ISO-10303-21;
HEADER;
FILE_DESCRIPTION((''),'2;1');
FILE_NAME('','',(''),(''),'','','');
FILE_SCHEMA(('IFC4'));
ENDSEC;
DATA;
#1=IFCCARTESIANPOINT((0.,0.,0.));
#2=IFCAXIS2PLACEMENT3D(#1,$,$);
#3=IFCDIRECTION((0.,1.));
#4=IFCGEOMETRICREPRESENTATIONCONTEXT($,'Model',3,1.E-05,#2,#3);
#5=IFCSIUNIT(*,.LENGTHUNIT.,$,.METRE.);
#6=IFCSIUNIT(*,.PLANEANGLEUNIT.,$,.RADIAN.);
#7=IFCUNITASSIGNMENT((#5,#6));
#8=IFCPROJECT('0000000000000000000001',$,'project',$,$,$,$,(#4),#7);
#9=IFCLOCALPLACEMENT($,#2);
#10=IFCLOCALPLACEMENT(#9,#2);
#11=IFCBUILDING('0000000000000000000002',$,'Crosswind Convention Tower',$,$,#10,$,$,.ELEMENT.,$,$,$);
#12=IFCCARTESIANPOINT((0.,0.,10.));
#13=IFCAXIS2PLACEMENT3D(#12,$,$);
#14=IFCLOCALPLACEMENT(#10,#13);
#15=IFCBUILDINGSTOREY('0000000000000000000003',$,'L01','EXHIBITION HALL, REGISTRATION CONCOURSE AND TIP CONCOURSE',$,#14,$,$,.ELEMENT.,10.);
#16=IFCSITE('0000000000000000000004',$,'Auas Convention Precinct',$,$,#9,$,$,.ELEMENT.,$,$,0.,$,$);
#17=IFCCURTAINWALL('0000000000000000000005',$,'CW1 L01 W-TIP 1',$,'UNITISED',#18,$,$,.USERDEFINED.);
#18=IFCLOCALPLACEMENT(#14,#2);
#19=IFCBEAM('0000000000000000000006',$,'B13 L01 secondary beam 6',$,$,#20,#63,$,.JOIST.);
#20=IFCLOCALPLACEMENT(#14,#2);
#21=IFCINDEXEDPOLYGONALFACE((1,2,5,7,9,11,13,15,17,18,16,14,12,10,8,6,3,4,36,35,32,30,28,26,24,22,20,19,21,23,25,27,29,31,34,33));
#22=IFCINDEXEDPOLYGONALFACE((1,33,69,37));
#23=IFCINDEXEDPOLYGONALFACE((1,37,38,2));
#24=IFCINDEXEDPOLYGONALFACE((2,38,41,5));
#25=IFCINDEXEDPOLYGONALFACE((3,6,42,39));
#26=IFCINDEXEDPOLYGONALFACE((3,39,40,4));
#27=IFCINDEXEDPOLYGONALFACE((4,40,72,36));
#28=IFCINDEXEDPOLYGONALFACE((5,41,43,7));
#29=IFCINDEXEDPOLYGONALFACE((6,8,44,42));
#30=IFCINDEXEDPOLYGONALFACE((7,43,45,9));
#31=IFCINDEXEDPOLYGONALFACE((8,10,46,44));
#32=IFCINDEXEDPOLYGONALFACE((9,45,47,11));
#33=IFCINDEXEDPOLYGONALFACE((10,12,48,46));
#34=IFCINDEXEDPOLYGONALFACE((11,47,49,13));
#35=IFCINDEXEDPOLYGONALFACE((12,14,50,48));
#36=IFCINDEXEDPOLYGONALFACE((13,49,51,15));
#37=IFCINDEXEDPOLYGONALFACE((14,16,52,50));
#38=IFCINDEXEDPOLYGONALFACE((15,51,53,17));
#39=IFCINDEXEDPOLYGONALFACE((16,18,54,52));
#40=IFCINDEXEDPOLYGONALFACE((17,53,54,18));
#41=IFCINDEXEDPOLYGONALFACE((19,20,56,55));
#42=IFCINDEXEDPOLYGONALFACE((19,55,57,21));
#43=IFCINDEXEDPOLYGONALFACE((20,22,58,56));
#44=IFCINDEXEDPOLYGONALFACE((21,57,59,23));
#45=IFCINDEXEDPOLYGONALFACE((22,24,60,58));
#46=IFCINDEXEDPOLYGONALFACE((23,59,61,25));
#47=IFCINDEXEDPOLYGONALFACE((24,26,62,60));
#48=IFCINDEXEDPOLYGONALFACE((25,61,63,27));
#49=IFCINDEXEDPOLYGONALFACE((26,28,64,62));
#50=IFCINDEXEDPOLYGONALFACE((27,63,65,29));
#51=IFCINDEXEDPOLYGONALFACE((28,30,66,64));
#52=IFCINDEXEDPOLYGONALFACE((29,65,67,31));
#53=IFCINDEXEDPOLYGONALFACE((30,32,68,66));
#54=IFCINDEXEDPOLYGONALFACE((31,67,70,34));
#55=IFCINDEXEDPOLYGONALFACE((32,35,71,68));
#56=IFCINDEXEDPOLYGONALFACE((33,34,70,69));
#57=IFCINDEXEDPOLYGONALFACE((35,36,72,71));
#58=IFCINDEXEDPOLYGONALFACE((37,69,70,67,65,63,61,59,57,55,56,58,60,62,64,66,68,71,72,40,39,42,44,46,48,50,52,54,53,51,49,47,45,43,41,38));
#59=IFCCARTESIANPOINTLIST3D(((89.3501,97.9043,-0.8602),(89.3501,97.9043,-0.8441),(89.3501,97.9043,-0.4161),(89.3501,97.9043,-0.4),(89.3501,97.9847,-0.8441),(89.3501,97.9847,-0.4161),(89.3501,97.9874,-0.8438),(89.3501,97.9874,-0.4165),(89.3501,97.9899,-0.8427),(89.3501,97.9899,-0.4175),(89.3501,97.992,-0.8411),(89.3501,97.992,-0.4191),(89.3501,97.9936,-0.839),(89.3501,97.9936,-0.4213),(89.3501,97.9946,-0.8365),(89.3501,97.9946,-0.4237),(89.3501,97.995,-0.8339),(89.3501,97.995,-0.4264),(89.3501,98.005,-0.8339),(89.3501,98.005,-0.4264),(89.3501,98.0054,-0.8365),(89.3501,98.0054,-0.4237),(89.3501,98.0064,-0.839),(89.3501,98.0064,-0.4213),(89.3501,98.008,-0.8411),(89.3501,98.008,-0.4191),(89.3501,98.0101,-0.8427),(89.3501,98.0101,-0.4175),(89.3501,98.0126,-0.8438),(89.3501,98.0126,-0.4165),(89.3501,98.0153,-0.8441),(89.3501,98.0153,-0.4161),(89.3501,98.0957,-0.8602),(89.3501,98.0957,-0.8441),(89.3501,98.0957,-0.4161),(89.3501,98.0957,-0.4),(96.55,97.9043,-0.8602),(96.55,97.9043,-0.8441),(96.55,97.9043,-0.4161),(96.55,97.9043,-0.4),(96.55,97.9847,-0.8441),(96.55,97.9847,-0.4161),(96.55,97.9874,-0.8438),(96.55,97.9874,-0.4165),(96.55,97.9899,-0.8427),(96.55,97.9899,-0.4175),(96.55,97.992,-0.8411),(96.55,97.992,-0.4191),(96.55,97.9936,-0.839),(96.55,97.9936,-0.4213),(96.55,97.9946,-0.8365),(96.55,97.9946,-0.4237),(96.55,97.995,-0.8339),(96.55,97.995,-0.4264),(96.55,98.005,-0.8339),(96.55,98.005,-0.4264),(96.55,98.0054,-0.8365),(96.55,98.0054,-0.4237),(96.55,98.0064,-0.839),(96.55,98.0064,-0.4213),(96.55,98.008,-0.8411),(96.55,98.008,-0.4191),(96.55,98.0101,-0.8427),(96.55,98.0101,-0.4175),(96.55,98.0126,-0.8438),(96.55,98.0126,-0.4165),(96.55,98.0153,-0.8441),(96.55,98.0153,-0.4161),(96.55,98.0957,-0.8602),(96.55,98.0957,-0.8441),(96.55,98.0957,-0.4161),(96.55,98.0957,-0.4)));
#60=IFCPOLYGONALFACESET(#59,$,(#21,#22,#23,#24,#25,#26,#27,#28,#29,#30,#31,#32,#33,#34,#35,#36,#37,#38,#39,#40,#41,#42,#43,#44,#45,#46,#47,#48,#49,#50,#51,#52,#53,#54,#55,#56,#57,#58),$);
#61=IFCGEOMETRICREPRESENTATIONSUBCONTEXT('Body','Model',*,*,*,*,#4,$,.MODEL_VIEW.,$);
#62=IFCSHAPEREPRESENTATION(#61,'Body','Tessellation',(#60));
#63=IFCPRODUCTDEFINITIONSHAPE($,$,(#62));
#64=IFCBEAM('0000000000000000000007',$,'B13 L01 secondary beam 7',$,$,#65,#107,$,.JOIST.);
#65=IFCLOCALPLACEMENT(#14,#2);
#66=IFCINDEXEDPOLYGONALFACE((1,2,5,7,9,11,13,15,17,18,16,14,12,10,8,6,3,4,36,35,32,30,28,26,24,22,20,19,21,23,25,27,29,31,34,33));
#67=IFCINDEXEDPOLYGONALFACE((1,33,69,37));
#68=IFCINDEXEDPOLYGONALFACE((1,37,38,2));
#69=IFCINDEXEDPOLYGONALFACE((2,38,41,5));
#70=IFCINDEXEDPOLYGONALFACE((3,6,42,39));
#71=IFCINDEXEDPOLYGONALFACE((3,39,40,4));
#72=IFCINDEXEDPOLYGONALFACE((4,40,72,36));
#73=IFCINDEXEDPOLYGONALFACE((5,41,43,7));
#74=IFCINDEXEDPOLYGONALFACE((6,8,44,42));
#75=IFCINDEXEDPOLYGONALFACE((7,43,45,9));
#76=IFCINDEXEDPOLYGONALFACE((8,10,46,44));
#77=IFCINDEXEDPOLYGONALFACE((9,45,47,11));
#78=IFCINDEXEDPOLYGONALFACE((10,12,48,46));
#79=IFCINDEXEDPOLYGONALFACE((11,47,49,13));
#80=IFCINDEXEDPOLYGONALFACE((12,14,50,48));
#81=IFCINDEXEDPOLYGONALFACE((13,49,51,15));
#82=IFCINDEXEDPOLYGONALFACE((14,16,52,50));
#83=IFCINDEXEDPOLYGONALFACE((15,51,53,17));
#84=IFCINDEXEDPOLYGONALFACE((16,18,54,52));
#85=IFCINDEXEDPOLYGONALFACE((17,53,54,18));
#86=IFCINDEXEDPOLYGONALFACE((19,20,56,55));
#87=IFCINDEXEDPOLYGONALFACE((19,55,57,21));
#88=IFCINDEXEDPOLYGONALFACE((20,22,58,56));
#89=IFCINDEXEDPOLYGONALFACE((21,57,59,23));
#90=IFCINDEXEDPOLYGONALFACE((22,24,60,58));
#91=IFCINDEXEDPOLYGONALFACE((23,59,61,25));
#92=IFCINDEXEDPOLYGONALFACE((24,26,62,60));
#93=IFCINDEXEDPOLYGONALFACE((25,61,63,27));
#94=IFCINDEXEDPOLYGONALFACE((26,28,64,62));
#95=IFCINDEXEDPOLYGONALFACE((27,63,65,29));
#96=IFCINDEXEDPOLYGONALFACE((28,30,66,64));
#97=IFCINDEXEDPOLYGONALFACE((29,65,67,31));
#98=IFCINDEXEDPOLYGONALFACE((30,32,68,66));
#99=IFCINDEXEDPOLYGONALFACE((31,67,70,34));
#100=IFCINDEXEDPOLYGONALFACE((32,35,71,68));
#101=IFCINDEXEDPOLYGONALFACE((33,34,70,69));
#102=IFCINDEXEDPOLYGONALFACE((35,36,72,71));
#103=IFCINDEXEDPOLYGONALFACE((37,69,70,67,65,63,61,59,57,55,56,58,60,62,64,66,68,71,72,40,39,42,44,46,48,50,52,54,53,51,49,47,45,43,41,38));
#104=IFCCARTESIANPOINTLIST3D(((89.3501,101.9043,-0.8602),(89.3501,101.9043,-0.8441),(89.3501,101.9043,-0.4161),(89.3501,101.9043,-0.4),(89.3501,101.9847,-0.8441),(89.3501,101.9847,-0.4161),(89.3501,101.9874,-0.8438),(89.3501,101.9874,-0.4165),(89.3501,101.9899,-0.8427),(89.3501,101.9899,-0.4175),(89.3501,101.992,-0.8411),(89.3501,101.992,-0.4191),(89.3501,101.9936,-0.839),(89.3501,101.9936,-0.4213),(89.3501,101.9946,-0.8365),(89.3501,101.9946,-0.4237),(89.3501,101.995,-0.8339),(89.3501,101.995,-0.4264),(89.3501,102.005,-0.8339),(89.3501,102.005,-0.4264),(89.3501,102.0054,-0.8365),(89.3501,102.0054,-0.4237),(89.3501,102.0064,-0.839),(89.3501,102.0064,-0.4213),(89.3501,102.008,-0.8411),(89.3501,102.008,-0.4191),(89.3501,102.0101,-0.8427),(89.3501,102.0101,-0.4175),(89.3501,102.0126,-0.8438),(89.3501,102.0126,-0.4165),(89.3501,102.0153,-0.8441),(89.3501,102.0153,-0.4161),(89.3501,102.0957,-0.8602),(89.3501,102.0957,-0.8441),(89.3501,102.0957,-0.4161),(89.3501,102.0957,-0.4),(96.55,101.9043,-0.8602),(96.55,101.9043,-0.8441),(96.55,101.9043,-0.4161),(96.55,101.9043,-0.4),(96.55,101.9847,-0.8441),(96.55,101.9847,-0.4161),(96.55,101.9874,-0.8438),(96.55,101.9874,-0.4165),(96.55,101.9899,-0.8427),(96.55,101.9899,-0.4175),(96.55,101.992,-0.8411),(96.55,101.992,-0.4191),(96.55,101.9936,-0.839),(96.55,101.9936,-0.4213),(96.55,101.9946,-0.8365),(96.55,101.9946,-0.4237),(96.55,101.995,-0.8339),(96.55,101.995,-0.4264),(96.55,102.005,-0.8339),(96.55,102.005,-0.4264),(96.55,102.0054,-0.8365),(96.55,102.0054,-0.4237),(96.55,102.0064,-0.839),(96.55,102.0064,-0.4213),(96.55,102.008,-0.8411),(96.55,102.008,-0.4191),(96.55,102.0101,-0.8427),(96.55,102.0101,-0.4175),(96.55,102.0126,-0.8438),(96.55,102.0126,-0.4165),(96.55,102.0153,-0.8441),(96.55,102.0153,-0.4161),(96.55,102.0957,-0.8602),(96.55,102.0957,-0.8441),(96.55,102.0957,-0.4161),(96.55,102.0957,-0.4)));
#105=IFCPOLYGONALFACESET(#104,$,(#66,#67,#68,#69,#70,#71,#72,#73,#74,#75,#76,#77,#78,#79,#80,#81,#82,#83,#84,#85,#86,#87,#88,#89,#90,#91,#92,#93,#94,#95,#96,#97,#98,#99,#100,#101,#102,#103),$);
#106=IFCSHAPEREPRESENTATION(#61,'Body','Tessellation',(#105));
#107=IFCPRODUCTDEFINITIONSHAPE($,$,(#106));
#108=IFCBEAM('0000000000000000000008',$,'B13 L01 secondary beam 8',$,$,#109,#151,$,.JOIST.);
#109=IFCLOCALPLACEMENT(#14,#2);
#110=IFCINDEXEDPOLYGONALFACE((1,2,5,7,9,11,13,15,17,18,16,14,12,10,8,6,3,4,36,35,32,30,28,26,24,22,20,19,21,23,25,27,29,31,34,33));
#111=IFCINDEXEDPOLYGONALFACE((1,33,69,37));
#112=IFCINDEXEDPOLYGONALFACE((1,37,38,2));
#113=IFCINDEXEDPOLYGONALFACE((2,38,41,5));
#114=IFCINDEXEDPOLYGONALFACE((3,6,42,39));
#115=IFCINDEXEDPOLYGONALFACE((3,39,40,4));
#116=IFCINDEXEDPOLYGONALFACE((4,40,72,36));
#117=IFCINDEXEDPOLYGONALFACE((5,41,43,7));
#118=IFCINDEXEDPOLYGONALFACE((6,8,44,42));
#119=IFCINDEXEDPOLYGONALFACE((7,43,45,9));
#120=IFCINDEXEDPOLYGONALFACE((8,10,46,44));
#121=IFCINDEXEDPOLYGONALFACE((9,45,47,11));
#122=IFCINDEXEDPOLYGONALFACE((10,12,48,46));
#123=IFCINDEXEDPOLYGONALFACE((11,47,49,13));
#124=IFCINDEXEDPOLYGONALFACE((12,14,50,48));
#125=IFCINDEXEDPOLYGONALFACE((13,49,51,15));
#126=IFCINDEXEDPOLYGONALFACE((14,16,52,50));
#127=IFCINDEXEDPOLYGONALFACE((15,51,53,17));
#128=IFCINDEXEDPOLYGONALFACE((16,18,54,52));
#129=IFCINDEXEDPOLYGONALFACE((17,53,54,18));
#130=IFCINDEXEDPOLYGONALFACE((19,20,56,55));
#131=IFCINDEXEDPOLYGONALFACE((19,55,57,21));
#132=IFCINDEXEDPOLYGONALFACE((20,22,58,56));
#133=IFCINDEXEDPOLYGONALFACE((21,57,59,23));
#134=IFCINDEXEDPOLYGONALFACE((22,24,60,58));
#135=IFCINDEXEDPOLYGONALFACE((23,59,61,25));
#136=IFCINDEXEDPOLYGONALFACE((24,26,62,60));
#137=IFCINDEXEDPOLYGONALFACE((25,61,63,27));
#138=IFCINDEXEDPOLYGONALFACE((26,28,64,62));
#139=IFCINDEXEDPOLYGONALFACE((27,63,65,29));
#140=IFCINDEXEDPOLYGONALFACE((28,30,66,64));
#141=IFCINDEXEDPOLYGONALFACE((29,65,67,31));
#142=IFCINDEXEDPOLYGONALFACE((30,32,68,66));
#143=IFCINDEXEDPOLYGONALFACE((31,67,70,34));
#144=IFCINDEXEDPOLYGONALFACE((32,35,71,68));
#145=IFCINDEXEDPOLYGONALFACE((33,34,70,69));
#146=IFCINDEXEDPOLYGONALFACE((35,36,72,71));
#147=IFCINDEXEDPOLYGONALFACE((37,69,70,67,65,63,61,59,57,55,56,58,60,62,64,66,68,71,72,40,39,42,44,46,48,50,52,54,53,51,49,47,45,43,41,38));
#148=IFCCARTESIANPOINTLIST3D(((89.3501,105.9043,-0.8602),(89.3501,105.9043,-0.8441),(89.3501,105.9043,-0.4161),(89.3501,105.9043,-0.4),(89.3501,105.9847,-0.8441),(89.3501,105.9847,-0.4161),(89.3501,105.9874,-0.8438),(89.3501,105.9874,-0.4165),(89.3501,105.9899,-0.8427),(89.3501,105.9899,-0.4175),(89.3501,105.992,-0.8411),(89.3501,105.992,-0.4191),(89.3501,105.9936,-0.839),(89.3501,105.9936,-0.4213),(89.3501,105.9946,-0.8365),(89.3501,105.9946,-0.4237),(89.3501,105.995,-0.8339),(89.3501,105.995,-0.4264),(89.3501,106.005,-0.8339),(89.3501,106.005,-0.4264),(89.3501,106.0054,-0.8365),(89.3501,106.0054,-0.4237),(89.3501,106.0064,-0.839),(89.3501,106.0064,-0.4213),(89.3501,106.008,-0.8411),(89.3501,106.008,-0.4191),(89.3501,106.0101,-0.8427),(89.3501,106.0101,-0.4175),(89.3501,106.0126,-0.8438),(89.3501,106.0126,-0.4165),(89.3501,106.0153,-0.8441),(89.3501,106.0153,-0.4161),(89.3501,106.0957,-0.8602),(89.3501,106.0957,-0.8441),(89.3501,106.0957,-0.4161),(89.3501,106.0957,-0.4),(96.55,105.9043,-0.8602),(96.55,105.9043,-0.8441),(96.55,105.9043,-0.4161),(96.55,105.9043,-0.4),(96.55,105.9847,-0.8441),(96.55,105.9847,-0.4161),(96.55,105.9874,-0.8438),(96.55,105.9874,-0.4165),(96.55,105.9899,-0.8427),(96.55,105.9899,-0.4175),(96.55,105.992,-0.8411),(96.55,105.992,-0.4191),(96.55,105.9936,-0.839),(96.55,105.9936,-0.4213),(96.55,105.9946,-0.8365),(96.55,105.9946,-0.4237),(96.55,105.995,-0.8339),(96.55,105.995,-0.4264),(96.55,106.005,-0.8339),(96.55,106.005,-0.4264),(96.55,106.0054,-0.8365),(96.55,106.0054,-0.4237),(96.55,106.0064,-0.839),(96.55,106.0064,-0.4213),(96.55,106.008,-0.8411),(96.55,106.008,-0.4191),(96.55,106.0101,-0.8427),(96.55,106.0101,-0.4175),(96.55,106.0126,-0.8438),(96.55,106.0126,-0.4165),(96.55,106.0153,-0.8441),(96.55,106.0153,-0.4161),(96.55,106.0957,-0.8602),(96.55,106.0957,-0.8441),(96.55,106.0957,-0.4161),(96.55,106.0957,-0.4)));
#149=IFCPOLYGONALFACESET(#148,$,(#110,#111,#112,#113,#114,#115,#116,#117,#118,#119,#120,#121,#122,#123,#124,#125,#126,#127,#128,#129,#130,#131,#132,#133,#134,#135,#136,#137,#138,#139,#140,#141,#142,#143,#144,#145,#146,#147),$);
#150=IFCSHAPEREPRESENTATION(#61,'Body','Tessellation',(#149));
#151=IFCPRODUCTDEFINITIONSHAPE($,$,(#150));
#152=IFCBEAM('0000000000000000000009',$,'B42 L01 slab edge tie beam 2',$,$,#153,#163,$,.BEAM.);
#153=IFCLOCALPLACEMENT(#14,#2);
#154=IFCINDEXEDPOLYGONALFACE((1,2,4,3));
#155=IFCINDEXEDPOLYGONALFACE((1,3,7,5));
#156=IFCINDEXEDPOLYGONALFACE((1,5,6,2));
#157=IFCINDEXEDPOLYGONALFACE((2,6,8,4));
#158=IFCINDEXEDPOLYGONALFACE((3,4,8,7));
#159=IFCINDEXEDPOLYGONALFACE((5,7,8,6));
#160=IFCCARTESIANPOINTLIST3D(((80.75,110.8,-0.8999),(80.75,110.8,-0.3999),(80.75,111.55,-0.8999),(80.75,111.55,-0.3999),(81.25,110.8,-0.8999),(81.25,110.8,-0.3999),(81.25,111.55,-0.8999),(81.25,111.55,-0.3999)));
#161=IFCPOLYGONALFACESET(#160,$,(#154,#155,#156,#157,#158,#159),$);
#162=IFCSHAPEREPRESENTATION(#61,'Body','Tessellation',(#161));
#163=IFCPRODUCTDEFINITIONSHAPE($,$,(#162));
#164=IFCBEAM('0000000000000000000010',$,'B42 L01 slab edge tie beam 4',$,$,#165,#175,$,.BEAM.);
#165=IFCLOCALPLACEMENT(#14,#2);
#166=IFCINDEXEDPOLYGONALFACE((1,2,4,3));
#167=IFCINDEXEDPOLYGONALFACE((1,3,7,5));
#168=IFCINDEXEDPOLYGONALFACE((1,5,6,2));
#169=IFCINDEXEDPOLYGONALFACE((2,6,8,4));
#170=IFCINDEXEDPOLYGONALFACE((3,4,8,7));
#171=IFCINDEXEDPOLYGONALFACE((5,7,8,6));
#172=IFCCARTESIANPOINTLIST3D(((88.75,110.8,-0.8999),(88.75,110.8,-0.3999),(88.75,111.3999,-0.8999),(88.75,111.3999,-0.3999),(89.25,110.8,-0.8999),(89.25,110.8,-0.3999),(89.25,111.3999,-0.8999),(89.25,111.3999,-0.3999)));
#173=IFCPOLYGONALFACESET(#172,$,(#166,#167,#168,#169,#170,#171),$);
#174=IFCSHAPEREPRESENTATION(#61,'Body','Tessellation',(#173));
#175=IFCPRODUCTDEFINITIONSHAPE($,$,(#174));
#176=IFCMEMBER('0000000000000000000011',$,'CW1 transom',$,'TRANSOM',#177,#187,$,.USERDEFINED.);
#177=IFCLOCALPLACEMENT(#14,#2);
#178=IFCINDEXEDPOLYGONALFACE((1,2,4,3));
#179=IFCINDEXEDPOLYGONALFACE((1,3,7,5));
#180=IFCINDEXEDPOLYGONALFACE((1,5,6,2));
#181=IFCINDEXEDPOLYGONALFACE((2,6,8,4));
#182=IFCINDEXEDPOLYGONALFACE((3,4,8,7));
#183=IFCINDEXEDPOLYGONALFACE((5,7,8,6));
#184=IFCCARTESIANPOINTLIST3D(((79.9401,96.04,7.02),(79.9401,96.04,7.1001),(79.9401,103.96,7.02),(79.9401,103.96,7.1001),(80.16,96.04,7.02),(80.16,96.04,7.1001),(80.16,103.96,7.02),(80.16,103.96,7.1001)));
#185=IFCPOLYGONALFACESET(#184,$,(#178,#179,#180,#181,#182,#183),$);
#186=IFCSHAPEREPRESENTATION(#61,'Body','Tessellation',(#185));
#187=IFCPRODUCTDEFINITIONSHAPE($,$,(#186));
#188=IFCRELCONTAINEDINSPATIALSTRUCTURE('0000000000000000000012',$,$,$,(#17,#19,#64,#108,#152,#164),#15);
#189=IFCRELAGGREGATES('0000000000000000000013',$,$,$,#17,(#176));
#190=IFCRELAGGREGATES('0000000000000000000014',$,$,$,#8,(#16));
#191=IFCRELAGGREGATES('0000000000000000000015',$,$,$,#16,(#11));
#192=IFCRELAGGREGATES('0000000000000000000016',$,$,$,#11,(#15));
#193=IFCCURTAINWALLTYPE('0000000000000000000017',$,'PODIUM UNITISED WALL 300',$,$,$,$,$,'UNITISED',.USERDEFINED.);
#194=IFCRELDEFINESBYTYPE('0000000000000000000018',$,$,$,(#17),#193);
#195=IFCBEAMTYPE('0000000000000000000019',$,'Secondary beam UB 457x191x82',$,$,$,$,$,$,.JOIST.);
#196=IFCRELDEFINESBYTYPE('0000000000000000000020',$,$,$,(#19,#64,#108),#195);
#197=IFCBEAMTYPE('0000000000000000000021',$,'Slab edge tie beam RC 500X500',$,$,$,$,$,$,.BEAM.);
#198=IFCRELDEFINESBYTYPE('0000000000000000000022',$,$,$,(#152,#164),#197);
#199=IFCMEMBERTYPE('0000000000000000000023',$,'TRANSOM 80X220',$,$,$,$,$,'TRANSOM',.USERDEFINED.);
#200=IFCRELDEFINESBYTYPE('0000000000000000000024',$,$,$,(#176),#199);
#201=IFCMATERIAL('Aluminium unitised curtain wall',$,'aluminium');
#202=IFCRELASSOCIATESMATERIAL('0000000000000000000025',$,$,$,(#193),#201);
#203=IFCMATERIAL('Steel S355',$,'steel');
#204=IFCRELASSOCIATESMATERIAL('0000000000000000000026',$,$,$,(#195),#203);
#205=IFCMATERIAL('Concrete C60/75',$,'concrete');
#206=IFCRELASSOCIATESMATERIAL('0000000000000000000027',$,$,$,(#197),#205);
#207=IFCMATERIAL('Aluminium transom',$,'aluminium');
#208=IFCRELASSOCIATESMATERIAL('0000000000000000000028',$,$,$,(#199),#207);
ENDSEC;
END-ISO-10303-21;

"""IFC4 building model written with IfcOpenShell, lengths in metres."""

from ifc_helpers import new_model, si_unit, direction, frame, origin, origin_2d, place, context, subcontext, project, spatial, rectangle, i_section, extrude, material, material_profile, profile_set, type_object, element, aggregate, save


model = new_model("IFC4")

# Units and contexts
model_context = context("Model", 3, precision=1e-05, world=origin(), true_north=direction((0.0, 1.0)))
body_context = subcontext(model_context, "Body", "Model", "MODEL_VIEW")
ifc_project = project(units=[si_unit("LENGTHUNIT", "METRE"), si_unit("PLANEANGLEUNIT", "RADIAN")], contexts=[model_context])

# Site, building, storey
site_placement = place(None, origin())
site = spatial("IfcSite", under=ifc_project, at=site_placement, Name="Auas Convention Precinct", CompositionType="ELEMENT", RefElevation=0.0)
building_placement = place(site_placement, origin())
building = spatial("IfcBuilding", under=site, at=building_placement, Name="Crosswind Convention Tower", CompositionType="ELEMENT")
storey_placement = place(building_placement, frame((0.0, 0.0, 10.0)))
storey = spatial("IfcBuildingStorey", under=building, at=storey_placement, Name="L01", Description="EXHIBITION HALL, REGISTRATION CONCOURSE AND TIP CONCOURSE", CompositionType="ELEMENT", Elevation=10.0)

# Shared definitions
ifc_material_1 = material(Name="Concrete C60/75", Category="concrete")

# Shared definitions
ifc_material_2 = material(Name="Steel S355", Category="steel")

# Curtain wall
ifc_material_3 = material(Name="Aluminium unitised curtain wall", Category="aluminium")
curtain_wall_type = type_object("IfcCurtainWallType", Name="PODIUM UNITISED WALL 300", ElementType="UNITISED", PredefinedType="USERDEFINED", material=ifc_material_3)
curtain_wall_placement = place(storey_placement, origin())
curtain_wall = element("IfcCurtainWall", 1, at=curtain_wall_placement, inside=storey, type_object=curtain_wall_type, Name="CW1 L01 W-TIP 1", ObjectType="UNITISED", PredefinedType="USERDEFINED")

# Beams
ifc_material_profile_1 = material_profile(ifc_material_2, i_section(OverallWidth=0.1914, OverallDepth=0.4602, WebThickness=0.01, FlangeThickness=0.0161, FilletRadius=0.0103, at=origin_2d()), Name="UB 457x191x82")
ifc_profile_set_1 = profile_set([ifc_material_profile_1], Name="Steel S355")
beam_type_1 = type_object("IfcBeamType", Name="Secondary beam UB 457x191x82", PredefinedType="JOIST", material=ifc_profile_set_1)
for number, where, z_axis, x_axis, name in (
    (2, (89.3501, 98.0, -0.6301), (1.0, 0.0, 0.0), (0.0, 1.0, 0.0), "B13 L01 secondary beam 6"),
    (3, (89.3501, 102.0, -0.6301), (1.0, 0.0, 0.0), (0.0, 1.0, 0.0), "B13 L01 secondary beam 7"),
    (4, (89.3501, 106.0, -0.6301), (1.0, 0.0, 0.0), (0.0, 1.0, 0.0), "B13 L01 secondary beam 8"),
):
    element("IfcBeam", number, at=place(storey_placement, frame(where, z_axis=z_axis, x_axis=x_axis)), inside=storey, type_object=beam_type_1, Name=name, PredefinedType="JOIST", context=body_context, shape_type="SweptSolid", body=[
        extrude(i_section(OverallWidth=0.1914, OverallDepth=0.4602, WebThickness=0.01, FlangeThickness=0.0161, FilletRadius=0.0103, at=origin_2d()), origin(), (0.0, 0.0, 1.0), 7.2),
    ])
ifc_material_profile_2 = material_profile(ifc_material_1, rectangle(XDim=0.5, YDim=0.5, at=origin_2d()), Name="RC 500X500")
ifc_profile_set_2 = profile_set([ifc_material_profile_2], Name="Concrete C60/75")
beam_type_2 = type_object("IfcBeamType", Name="Slab edge tie beam RC 500X500", PredefinedType="BEAM", material=ifc_profile_set_2)
beam_1_placement = place(storey_placement, frame((81.0, 110.8, -0.6499), z_axis=(0.0, 1.0, 0.0), x_axis=(-1.0, 0.0, 0.0)))
element("IfcBeam", 5, at=beam_1_placement, inside=storey, type_object=beam_type_2, Name="B42 L01 slab edge tie beam 2", PredefinedType="BEAM", context=body_context, shape_type="SweptSolid", body=[
    extrude(rectangle(XDim=0.5, YDim=0.5, at=origin_2d()), origin(), (0.0, 0.0, 1.0), 0.75),
])
beam_2_placement = place(storey_placement, frame((89.0, 110.8, -0.6499), z_axis=(0.0, 1.0, 0.0), x_axis=(-1.0, 0.0, 0.0)))
element("IfcBeam", 6, at=beam_2_placement, inside=storey, type_object=beam_type_2, Name="B42 L01 slab edge tie beam 4", PredefinedType="BEAM", context=body_context, shape_type="SweptSolid", body=[
    extrude(rectangle(XDim=0.5, YDim=0.5, at=origin_2d()), origin(), (0.0, 0.0, 1.0), 0.5999),
])

# Member
ifc_material_4 = material(Name="Aluminium transom", Category="aluminium")
ifc_material_profile_3 = material_profile(ifc_material_4, rectangle(XDim=0.22, YDim=0.0801, at=origin_2d()), Name="AL 220X80")
ifc_profile_set_3 = profile_set([ifc_material_profile_3], Name="Aluminium transom")
member_type_1 = type_object("IfcMemberType", Name="TRANSOM 80X220", ElementType="TRANSOM", PredefinedType="USERDEFINED", material=ifc_profile_set_3)
member_1_placement = place(storey_placement, frame((80.05, 103.96, 7.0601), z_axis=(0.0, -1.0, 0.0), x_axis=(1.0, 0.0, 0.0)))
member_1 = element("IfcMember", 7, at=member_1_placement, type_object=member_type_1, Name="CW1 transom", ObjectType="TRANSOM", PredefinedType="USERDEFINED", context=body_context, shape_type="SweptSolid", body=[
    extrude(rectangle(XDim=0.22, YDim=0.0801, at=origin_2d()), origin(), (0.0, 0.0, 1.0), 7.9199),
])

aggregate(curtain_wall, [member_1])

save(model, "model.ifc")
